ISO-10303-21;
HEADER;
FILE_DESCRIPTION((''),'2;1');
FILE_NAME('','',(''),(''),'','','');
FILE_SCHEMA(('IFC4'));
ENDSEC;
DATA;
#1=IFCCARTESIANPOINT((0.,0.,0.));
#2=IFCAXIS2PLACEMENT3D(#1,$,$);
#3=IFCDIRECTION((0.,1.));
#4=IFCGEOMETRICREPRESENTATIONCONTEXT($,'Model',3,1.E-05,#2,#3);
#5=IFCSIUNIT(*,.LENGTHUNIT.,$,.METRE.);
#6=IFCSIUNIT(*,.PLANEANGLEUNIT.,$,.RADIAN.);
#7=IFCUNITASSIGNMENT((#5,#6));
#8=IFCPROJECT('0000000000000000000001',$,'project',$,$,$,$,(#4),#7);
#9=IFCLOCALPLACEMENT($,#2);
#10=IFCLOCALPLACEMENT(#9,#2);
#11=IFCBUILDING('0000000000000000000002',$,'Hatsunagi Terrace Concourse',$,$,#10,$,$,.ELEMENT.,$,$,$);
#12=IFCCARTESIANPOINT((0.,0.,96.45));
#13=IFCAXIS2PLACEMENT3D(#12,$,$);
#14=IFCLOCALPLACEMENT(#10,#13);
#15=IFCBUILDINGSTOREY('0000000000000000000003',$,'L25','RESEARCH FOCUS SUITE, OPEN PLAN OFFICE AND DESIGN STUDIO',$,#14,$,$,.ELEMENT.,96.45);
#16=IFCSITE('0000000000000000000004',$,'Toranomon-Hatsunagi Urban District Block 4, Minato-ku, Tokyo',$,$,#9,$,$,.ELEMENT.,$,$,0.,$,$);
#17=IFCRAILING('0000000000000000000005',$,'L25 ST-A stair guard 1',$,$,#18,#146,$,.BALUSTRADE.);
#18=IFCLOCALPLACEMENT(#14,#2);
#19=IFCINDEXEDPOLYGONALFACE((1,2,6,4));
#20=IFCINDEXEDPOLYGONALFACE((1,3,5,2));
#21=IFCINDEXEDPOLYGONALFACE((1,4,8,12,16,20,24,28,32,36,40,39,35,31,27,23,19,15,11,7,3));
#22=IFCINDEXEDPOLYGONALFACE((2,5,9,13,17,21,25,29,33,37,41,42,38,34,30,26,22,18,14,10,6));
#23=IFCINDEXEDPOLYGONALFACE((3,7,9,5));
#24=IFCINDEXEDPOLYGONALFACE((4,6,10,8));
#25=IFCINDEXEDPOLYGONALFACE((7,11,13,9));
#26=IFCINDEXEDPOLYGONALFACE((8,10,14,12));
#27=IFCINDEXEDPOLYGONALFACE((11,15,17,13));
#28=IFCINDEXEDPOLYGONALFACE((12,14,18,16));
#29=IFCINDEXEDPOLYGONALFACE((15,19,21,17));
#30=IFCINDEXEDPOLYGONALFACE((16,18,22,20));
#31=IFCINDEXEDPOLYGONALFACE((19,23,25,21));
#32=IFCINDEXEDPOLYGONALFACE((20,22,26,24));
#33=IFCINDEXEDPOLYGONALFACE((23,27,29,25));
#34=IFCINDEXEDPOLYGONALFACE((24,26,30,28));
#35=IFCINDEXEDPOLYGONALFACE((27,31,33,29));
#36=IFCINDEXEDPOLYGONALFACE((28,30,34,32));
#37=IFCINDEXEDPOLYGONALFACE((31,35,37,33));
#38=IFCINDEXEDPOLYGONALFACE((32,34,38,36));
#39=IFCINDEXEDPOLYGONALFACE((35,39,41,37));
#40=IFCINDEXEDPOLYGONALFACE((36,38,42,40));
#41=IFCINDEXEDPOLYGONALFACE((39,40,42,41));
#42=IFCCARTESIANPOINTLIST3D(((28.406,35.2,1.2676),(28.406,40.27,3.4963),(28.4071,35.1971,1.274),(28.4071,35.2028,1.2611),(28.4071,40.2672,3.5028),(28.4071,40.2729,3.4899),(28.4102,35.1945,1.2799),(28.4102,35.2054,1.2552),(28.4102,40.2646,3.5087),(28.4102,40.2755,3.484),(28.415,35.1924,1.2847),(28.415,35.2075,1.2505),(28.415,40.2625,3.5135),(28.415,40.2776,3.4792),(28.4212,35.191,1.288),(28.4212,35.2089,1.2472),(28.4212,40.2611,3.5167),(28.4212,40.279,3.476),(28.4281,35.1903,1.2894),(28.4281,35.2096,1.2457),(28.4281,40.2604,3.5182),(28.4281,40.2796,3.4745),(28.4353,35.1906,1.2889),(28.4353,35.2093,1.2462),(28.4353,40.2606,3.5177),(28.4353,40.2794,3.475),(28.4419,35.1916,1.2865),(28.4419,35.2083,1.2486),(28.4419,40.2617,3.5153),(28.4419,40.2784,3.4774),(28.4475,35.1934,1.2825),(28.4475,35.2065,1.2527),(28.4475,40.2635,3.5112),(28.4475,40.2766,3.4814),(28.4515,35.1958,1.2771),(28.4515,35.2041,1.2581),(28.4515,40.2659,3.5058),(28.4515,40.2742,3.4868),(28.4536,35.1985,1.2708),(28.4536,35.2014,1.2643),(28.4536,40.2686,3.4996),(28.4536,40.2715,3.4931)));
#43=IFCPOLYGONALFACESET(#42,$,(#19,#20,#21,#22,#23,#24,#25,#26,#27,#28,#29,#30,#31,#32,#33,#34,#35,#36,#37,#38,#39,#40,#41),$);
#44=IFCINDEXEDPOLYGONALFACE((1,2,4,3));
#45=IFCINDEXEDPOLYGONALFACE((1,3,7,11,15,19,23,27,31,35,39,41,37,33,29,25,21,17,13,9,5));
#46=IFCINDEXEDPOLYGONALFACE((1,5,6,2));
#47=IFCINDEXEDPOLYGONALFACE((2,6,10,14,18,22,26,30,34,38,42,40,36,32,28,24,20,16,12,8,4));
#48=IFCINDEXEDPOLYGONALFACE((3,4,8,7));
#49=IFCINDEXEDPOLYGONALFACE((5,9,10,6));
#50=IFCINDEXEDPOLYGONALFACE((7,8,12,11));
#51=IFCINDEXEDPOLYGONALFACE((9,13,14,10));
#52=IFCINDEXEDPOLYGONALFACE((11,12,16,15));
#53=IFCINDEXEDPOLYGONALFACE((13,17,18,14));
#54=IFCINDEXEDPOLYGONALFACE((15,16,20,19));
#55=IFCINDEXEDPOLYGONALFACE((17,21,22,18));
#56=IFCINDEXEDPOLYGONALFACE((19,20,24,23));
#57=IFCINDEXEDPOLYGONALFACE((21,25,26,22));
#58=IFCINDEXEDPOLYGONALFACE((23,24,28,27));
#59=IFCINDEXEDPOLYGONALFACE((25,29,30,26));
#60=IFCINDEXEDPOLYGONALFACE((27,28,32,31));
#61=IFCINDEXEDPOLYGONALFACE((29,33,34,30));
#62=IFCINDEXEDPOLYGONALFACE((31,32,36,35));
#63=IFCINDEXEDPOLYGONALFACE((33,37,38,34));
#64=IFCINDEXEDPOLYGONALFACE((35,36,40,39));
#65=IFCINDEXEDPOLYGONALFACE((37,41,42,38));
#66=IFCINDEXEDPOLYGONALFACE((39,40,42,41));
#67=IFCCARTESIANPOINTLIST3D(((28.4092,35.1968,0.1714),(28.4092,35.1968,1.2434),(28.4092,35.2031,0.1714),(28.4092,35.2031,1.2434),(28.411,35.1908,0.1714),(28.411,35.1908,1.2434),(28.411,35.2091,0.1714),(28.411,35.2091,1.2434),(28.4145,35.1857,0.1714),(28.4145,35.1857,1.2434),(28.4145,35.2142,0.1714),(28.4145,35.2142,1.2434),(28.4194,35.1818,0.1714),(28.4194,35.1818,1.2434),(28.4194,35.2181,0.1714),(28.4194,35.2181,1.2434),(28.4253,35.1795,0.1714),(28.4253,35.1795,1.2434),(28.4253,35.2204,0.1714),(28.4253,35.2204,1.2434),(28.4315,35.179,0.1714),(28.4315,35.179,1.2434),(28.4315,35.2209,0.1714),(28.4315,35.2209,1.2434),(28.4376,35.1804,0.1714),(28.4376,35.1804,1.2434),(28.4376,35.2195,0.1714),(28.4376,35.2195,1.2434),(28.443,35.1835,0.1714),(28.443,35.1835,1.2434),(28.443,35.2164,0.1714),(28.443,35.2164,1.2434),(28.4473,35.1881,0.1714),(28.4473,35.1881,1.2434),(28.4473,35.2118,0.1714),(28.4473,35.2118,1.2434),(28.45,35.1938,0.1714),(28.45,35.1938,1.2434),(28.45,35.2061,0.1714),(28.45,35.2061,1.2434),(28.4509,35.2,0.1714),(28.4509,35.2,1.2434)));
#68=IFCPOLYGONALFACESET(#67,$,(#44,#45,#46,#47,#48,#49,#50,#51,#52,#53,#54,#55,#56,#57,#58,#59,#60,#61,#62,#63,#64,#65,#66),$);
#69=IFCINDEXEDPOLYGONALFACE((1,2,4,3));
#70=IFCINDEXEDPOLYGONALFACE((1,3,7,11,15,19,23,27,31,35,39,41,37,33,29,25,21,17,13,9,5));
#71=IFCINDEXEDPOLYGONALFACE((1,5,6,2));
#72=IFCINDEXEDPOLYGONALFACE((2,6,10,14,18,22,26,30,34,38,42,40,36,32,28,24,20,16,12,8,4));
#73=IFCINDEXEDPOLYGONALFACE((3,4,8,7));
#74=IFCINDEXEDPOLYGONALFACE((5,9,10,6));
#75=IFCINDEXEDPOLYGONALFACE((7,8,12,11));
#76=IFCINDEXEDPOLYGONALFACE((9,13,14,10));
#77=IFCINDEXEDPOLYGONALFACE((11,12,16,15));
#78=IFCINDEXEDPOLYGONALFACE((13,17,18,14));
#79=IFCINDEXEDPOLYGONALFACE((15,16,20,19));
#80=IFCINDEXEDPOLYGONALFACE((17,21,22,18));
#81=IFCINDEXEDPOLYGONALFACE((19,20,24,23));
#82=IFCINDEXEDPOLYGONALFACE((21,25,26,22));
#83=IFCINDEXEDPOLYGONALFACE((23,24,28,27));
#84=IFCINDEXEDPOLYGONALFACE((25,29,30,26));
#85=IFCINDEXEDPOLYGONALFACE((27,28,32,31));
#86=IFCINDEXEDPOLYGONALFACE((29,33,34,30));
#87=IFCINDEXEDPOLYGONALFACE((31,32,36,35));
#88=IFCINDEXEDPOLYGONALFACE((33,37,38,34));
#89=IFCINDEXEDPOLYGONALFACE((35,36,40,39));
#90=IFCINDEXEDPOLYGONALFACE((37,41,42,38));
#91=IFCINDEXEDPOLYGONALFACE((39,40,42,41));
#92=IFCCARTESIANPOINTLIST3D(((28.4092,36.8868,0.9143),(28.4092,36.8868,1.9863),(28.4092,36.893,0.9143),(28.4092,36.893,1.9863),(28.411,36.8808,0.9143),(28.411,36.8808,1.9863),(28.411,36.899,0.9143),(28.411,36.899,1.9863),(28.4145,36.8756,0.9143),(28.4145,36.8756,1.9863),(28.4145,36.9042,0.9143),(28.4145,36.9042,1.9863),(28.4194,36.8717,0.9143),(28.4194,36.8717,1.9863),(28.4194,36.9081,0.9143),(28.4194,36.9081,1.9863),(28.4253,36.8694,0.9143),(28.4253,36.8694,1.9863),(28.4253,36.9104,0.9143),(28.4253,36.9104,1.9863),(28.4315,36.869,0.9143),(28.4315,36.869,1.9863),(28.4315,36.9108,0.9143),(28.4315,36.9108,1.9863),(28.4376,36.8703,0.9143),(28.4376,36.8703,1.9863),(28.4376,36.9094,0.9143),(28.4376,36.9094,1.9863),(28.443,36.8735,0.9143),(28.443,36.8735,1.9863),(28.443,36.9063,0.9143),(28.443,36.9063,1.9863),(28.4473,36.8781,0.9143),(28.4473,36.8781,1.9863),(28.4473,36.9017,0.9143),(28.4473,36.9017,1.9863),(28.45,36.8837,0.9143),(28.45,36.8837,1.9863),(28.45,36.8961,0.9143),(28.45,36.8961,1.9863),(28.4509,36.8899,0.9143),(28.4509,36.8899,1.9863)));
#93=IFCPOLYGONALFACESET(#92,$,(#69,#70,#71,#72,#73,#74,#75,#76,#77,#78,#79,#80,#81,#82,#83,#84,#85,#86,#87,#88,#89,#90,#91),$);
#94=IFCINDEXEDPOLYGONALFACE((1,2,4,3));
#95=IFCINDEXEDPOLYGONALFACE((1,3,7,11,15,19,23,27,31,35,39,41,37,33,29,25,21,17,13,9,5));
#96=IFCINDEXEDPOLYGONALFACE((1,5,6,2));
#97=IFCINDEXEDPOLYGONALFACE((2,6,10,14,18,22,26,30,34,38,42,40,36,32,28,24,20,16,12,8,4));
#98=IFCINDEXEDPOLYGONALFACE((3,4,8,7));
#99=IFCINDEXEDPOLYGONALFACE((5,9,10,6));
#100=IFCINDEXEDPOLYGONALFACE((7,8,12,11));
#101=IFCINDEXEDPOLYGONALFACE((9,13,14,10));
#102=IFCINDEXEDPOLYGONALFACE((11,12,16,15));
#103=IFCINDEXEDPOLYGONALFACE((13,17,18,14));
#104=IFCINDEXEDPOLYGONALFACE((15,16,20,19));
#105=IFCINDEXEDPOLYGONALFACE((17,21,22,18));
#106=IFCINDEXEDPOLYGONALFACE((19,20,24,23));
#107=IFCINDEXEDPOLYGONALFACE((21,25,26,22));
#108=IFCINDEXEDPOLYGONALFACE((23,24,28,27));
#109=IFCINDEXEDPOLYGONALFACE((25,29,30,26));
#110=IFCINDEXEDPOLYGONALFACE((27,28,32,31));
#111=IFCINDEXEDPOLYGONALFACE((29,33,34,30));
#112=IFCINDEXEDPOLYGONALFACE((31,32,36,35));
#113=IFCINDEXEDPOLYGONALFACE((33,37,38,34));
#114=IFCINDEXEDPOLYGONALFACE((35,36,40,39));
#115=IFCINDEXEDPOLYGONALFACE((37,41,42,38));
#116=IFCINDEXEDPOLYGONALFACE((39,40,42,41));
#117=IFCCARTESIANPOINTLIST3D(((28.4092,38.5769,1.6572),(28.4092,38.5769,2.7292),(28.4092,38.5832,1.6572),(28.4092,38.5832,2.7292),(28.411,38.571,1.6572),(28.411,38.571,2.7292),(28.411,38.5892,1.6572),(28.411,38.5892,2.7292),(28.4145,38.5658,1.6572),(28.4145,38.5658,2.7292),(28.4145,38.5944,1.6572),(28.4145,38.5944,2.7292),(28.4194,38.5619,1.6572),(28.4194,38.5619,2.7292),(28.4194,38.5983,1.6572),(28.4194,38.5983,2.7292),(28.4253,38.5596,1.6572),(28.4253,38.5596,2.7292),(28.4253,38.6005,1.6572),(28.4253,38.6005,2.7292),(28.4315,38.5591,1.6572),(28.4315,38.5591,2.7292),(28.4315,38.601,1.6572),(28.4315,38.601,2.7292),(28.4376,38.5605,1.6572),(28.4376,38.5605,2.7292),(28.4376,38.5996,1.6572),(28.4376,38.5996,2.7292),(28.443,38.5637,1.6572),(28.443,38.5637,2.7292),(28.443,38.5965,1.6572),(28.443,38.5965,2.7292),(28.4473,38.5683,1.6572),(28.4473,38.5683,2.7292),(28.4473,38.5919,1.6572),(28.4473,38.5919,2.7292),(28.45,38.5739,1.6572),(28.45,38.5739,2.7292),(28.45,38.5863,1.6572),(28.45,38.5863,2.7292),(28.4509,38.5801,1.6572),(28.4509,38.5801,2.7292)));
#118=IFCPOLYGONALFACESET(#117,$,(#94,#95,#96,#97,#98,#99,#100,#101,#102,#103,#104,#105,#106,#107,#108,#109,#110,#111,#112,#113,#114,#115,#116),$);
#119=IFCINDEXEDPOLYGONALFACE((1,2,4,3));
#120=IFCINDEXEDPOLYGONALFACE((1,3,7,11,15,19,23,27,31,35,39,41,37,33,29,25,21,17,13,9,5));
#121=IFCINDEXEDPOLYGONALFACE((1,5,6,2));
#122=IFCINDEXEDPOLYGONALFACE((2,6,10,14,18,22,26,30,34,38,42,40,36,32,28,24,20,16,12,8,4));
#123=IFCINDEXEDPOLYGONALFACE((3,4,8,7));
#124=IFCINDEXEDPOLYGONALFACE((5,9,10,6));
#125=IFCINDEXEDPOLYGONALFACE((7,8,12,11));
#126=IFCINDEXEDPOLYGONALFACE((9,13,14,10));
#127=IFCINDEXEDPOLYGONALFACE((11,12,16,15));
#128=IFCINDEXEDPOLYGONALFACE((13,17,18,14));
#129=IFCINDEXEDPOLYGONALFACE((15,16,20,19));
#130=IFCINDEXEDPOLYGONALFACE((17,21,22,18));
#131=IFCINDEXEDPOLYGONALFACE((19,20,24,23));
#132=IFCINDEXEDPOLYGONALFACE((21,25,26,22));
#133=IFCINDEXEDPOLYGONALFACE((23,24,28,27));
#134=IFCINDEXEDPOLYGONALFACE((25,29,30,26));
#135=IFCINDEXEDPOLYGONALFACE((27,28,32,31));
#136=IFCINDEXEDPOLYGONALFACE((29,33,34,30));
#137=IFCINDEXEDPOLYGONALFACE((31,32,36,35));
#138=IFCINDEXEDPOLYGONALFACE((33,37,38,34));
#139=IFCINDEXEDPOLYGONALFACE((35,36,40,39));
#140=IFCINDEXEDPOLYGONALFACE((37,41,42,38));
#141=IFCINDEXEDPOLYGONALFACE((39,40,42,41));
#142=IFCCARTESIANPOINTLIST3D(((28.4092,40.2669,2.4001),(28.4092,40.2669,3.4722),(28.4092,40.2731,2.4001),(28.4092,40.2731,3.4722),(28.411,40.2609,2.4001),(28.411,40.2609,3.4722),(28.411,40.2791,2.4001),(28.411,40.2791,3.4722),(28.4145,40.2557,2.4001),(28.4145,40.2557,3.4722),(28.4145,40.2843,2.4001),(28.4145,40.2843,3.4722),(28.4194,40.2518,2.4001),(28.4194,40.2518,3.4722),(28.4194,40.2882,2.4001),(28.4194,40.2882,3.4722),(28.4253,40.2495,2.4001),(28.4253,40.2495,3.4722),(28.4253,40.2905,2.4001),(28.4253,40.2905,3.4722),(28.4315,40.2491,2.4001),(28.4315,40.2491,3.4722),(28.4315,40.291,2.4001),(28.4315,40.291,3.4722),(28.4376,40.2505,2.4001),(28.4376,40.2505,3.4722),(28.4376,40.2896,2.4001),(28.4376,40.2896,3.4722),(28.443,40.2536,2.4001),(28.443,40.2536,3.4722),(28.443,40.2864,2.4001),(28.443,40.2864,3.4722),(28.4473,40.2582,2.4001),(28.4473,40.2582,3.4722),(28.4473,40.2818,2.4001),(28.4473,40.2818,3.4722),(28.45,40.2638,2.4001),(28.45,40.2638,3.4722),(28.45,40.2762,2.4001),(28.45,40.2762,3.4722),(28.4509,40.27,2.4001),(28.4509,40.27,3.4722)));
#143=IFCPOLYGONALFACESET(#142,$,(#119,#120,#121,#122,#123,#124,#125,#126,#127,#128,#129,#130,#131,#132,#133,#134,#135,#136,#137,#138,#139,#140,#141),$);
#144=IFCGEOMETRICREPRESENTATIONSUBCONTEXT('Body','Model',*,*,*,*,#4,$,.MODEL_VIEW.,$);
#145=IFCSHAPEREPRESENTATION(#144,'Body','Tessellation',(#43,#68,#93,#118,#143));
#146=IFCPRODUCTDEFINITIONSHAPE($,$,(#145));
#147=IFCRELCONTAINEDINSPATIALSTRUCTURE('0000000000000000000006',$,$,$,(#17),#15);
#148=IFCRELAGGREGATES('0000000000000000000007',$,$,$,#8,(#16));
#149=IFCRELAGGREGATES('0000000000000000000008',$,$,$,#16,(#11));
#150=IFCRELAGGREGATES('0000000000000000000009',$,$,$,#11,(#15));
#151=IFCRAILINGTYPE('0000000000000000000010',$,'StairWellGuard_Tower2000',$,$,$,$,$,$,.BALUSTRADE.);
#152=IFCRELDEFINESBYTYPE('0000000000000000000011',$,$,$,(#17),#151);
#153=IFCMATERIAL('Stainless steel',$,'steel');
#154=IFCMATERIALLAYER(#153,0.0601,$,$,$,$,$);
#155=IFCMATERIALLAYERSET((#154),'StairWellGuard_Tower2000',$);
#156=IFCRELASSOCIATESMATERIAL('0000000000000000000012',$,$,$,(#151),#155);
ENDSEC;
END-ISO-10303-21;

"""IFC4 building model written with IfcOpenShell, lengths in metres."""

from ifc_helpers import new_model, si_unit, direction, frame, origin, origin_2d, place, context, subcontext, project, spatial, circle, extrude, material, layer, layer_set, type_object, element, save


model = new_model("IFC4")

# Units and contexts
model_context = context("Model", 3, precision=1e-05, world=origin(), true_north=direction((0.0, 1.0)))
body_context = subcontext(model_context, "Body", "Model", "MODEL_VIEW")
ifc_project = project(units=[si_unit("LENGTHUNIT", "METRE"), si_unit("PLANEANGLEUNIT", "RADIAN")], contexts=[model_context])

# Site, building, storey
site_placement = place(None, origin())
site = spatial("IfcSite", under=ifc_project, at=site_placement, Name="Toranomon-Hatsunagi Urban District Block 4, Minato-ku, Tokyo", CompositionType="ELEMENT", RefElevation=0.0)
building_placement = place(site_placement, origin())
building = spatial("IfcBuilding", under=site, at=building_placement, Name="Hatsunagi Terrace Concourse", CompositionType="ELEMENT")
storey_placement = place(building_placement, frame((0.0, 0.0, 96.45)))
storey = spatial("IfcBuildingStorey", under=building, at=storey_placement, Name="L25", Description="RESEARCH FOCUS SUITE, OPEN PLAN OFFICE AND DESIGN STUDIO", CompositionType="ELEMENT", Elevation=96.45)

# Railing
ifc_material_1 = material(Name="Stainless steel", Category="steel")
ifc_layer_1 = layer(ifc_material_1, 0.0601)
ifc_layer_set_1 = layer_set([ifc_layer_1], Name="StairWellGuard_Tower2000")
railing_type_1 = type_object("IfcRailingType", Name="StairWellGuard_Tower2000", PredefinedType="BALUSTRADE", material=ifc_layer_set_1)
railing_1_placement = place(storey_placement, frame((28.4299, 35.2, 0.1714)))
element("IfcRailing", 1, at=railing_1_placement, inside=storey, type_object=railing_type_1, Name="L25 ST-A stair guard 1", PredefinedType="BALUSTRADE", context=body_context, shape_type="SweptSolid", body=[
    extrude(circle(Radius=0.0239, at=origin_2d()), frame((0.0, 0.0, 1.0962), z_axis=(0.0, 0.915453, 0.402425), x_axis=(-1.0, 0.0, 0.0)), (0.0, 0.0, 1.0), 5.5383),
    extrude(circle(Radius=0.021, at=origin_2d()), origin(), (0.0, 0.0, 1.0), 1.072),
    extrude(circle(Radius=0.021, at=origin_2d()), frame((0.0, 1.6899, 0.7429)), (0.0, 0.0, 1.0), 1.072),
    extrude(circle(Radius=0.021, at=origin_2d()), frame((0.0, 3.3801, 1.4858)), (0.0, 0.0, 1.0), 1.072),
    extrude(circle(Radius=0.021, at=origin_2d()), frame((0.0, 5.0701, 2.2288)), (0.0, 0.0, 1.0), 1.072),
])

save(model, "model.ifc")
